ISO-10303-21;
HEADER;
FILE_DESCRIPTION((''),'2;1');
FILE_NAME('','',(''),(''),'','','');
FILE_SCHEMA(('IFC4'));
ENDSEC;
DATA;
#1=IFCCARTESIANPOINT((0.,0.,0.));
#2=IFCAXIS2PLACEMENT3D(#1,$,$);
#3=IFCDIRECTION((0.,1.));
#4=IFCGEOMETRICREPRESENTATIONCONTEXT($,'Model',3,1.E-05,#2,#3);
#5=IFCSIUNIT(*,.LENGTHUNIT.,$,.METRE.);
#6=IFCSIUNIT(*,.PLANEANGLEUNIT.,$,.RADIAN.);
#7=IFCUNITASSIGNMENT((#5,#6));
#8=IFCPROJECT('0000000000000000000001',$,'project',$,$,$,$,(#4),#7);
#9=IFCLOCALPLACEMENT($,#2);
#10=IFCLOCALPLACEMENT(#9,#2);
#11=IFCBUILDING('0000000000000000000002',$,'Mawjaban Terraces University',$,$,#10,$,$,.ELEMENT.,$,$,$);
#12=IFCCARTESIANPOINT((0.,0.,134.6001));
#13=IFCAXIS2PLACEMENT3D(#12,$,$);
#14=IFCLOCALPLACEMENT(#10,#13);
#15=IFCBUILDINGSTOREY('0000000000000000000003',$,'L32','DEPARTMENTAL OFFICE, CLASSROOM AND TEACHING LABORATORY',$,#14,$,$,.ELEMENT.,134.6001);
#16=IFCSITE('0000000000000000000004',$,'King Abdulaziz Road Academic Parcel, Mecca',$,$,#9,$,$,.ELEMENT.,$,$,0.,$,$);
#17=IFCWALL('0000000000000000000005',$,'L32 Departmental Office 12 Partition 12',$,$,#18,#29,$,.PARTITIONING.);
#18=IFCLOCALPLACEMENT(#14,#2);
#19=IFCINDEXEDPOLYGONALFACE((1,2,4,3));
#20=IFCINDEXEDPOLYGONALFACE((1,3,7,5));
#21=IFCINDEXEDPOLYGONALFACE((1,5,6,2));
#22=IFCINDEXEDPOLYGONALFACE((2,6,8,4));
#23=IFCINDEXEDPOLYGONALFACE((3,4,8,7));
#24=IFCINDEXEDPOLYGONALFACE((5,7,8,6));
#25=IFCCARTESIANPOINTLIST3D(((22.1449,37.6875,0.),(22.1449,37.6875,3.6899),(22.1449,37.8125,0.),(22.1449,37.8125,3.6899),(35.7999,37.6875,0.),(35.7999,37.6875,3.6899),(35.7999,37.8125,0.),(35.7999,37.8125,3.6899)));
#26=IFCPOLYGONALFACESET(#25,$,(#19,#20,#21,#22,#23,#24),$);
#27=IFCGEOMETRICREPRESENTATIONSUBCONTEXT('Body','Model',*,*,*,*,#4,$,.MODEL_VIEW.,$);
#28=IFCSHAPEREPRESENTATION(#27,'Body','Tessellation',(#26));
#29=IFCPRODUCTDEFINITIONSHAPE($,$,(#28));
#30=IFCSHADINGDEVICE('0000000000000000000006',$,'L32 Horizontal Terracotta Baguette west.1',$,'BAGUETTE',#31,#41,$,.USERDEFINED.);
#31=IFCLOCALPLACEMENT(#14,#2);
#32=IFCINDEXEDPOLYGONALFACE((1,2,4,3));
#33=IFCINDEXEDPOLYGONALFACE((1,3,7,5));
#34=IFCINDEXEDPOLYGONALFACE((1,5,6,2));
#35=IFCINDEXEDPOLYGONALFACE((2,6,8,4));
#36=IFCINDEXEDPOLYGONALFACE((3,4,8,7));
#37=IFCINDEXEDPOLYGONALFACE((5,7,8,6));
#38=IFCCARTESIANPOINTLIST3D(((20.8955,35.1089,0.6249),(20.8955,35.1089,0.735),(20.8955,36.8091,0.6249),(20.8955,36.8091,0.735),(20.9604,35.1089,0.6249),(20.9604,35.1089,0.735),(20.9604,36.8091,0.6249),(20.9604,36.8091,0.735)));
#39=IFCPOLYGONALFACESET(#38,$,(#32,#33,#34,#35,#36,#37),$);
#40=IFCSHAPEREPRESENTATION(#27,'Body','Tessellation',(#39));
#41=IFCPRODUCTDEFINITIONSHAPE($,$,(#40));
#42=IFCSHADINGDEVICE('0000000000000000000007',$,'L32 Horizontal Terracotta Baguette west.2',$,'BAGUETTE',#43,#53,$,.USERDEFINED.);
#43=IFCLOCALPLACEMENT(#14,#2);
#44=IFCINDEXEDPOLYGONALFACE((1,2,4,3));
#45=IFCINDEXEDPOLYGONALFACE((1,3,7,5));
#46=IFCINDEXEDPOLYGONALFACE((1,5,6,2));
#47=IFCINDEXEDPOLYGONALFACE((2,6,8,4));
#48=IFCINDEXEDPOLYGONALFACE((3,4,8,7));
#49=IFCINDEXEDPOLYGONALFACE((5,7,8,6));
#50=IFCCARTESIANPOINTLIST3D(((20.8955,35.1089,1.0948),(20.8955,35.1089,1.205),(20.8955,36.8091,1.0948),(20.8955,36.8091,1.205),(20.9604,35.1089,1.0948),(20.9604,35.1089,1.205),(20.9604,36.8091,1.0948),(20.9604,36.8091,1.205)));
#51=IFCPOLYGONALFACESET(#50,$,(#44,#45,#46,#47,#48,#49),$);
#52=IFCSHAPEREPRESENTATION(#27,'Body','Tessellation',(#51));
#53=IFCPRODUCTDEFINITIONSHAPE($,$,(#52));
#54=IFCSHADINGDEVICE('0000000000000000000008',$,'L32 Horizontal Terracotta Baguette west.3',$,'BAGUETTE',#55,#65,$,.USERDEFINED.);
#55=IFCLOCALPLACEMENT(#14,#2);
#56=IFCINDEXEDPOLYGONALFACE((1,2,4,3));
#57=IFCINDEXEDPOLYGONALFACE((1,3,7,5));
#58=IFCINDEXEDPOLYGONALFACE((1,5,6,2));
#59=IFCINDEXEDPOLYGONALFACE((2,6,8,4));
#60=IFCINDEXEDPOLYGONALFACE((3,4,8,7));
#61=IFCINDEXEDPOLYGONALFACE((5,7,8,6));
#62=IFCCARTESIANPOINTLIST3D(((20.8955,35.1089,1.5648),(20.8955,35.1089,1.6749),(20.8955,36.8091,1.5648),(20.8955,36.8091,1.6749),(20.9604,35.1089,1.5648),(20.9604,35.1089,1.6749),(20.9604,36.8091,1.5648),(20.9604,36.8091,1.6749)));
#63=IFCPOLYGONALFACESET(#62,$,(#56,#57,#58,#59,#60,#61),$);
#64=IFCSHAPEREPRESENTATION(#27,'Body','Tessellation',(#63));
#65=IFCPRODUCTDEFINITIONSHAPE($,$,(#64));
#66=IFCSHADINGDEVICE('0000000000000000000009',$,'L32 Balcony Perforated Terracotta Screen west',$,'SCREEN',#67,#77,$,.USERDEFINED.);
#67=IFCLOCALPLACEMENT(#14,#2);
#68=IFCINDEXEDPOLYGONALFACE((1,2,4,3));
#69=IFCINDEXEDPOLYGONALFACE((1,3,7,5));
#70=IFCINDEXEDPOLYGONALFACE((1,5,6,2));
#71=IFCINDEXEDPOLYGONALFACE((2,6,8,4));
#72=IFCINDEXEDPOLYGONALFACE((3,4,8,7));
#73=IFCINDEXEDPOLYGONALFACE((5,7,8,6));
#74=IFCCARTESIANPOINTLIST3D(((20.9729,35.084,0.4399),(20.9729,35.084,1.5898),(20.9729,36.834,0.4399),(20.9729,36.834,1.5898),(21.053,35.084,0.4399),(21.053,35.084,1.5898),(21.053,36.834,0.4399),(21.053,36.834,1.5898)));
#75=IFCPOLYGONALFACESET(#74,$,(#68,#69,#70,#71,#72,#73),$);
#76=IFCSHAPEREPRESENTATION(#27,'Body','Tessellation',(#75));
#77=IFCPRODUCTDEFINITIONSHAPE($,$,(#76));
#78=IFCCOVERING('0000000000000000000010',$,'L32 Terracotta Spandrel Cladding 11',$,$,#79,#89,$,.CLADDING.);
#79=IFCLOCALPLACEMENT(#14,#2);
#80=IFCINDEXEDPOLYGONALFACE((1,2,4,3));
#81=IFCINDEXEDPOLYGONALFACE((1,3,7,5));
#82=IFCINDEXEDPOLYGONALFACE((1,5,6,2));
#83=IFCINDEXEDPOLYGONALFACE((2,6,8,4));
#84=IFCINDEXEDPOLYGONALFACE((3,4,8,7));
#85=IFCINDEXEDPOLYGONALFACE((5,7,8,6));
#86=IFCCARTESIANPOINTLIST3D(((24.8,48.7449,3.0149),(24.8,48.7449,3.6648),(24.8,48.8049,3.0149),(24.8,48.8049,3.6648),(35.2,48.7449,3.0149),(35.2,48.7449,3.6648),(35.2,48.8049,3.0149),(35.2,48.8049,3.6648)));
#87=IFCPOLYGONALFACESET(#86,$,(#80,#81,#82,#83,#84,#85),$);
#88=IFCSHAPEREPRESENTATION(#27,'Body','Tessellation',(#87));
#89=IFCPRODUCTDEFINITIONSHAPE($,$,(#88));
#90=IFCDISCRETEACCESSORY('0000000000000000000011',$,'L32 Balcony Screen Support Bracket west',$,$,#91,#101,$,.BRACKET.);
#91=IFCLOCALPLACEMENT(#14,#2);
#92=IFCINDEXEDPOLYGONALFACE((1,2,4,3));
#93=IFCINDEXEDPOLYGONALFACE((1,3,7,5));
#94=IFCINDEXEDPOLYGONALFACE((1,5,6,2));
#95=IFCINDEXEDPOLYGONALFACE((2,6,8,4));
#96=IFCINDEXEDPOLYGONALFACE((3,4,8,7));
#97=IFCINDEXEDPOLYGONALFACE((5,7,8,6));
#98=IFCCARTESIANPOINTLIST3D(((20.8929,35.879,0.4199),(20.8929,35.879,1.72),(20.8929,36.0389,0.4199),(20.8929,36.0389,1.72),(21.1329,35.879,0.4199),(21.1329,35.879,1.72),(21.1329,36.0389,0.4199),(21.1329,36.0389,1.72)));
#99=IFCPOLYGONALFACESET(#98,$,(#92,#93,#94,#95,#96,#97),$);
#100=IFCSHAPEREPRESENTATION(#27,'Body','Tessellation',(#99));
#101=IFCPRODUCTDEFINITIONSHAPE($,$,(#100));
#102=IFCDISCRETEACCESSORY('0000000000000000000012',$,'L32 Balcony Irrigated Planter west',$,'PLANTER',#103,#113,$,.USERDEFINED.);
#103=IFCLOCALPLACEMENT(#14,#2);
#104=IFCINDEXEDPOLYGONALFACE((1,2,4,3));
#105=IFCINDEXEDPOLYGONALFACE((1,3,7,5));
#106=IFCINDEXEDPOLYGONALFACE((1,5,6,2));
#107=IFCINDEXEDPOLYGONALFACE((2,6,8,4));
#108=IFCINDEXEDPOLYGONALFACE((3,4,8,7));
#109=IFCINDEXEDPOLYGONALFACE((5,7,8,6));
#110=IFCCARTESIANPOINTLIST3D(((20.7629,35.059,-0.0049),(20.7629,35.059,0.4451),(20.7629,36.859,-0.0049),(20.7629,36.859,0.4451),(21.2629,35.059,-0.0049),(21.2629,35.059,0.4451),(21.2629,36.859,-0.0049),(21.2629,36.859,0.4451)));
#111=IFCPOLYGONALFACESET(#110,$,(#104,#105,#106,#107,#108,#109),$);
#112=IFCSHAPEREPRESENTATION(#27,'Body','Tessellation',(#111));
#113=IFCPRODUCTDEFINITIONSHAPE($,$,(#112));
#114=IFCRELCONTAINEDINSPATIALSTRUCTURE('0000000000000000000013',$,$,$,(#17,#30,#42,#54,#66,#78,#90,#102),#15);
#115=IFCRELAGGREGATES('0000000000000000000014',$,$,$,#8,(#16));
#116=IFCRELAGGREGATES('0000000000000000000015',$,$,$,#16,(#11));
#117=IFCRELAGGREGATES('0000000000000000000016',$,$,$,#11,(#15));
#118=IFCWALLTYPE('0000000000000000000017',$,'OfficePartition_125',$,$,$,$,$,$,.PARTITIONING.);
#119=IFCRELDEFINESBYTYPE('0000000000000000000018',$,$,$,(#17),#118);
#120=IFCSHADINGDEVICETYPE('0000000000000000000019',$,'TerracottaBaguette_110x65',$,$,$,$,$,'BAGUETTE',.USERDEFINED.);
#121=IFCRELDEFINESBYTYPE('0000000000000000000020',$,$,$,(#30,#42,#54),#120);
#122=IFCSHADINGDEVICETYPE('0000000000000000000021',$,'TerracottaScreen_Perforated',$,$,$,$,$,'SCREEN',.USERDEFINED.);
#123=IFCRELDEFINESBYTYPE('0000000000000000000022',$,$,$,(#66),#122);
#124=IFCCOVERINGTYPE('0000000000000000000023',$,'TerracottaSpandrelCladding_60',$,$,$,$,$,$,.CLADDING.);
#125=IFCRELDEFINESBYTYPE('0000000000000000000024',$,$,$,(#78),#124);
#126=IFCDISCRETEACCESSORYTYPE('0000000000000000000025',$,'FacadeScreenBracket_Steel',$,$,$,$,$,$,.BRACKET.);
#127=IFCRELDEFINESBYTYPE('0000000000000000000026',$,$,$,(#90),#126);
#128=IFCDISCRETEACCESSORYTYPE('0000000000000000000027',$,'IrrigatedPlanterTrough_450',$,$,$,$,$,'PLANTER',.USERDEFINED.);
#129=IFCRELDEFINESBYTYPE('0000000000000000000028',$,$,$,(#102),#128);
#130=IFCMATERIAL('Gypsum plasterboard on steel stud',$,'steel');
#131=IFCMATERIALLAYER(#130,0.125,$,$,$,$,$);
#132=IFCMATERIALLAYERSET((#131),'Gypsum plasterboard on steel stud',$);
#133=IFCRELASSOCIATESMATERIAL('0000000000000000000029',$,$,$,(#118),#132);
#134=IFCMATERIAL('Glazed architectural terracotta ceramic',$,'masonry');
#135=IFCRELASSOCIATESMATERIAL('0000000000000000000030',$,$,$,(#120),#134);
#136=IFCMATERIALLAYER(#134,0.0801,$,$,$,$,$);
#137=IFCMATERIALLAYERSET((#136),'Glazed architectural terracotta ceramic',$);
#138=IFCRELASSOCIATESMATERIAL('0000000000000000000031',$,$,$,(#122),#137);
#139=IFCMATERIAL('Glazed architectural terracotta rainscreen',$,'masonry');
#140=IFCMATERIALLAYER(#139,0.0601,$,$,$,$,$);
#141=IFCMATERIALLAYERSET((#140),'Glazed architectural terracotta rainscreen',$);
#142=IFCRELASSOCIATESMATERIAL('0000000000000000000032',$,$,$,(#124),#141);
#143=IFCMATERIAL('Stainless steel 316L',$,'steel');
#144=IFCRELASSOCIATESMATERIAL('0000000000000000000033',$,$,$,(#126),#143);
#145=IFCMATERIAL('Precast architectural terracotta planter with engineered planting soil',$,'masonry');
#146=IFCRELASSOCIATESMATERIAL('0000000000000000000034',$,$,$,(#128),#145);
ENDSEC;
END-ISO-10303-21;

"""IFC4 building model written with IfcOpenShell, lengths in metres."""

from ifc_helpers import new_model, si_unit, direction, frame, frame_2d, origin, origin_2d, place, context, subcontext, project, spatial, rectangle, extrude, material, layer, layer_set, material_profile, profile_set, type_object, element, save


model = new_model("IFC4")

# Units and contexts
model_context = context("Model", 3, precision=1e-05, world=origin(), true_north=direction((0.0, 1.0)))
body_context = subcontext(model_context, "Body", "Model", "MODEL_VIEW")
ifc_project = project(units=[si_unit("LENGTHUNIT", "METRE"), si_unit("PLANEANGLEUNIT", "RADIAN")], contexts=[model_context])

# Site, building, storey
site_placement = place(None, origin())
site = spatial("IfcSite", under=ifc_project, at=site_placement, Name="King Abdulaziz Road Academic Parcel, Mecca", CompositionType="ELEMENT", RefElevation=0.0)
building_placement = place(site_placement, origin())
building = spatial("IfcBuilding", under=site, at=building_placement, Name="Mawjaban Terraces University", CompositionType="ELEMENT")
storey_placement = place(building_placement, frame((0.0, 0.0, 134.6001)))
storey = spatial("IfcBuildingStorey", under=building, at=storey_placement, Name="L32", Description="DEPARTMENTAL OFFICE, CLASSROOM AND TEACHING LABORATORY", CompositionType="ELEMENT", Elevation=134.6001)

# Wall
ifc_material_1 = material(Name="Gypsum plasterboard on steel stud", Category="steel")
ifc_layer_1 = layer(ifc_material_1, 0.125)
ifc_layer_set_1 = layer_set([ifc_layer_1], Name="Gypsum plasterboard on steel stud")
wall_type_1 = type_object("IfcWallType", Name="OfficePartition_125", PredefinedType="PARTITIONING", material=ifc_layer_set_1)
wall_1_placement = place(storey_placement, frame((35.8, 37.75, 0.0), z_axis=(0.0, 0.0, 1.0), x_axis=(-1.0, 0.0, 0.0)))
element("IfcWall", 1, at=wall_1_placement, inside=storey, type_object=wall_type_1, Name="L32 Departmental Office 12 Partition 12", PredefinedType="PARTITIONING", context=body_context, shape_type="SweptSolid", body=[
    extrude(rectangle(XDim=13.655, YDim=0.125, at=frame_2d((6.8276, 0.0))), origin(), (0.0, 0.0, 1.0), 3.6899),
])

# Shading devices
ifc_material_2 = material(Name="Glazed architectural terracotta ceramic", Category="masonry")
ifc_material_profile_1 = material_profile(ifc_material_2, rectangle(XDim=0.0649, YDim=0.1101, at=origin_2d()), Name="TBAG110X65")
ifc_profile_set_1 = profile_set([ifc_material_profile_1], Name="Glazed architectural terracotta ceramic")
shading_device_type_1 = type_object("IfcShadingDeviceType", Name="TerracottaBaguette_110x65", ElementType="BAGUETTE", PredefinedType="USERDEFINED", material=ifc_profile_set_1)
for number, where, z_axis, x_axis, name in (
    (2, (20.928, 35.1089, 0.6799), (0.0, 1.0, 0.0), (-1.0, 0.0, 0.0), "L32 Horizontal Terracotta Baguette west.1"),
    (3, (20.928, 35.1089, 1.1499), (0.0, 1.0, 0.0), (-1.0, 0.0, 0.0), "L32 Horizontal Terracotta Baguette west.2"),
    (4, (20.928, 35.1089, 1.6199), (0.0, 1.0, 0.0), (-1.0, 0.0, 0.0), "L32 Horizontal Terracotta Baguette west.3"),
):
    element("IfcShadingDevice", number, at=place(storey_placement, frame(where, z_axis=z_axis, x_axis=x_axis)), inside=storey, type_object=shading_device_type_1, Name=name, ObjectType="BAGUETTE", PredefinedType="USERDEFINED", context=body_context, shape_type="SweptSolid", body=[
        extrude(rectangle(XDim=0.0649, YDim=0.1101, at=origin_2d()), origin(), (0.0, 0.0, 1.0), 1.7002),
    ])
ifc_layer_2 = layer(ifc_material_2, 0.0801)
ifc_layer_set_2 = layer_set([ifc_layer_2], Name="Glazed architectural terracotta ceramic")
shading_device_type_2 = type_object("IfcShadingDeviceType", Name="TerracottaScreen_Perforated", ElementType="SCREEN", PredefinedType="USERDEFINED", material=ifc_layer_set_2)
shading_device_placement = place(storey_placement, frame((21.0129, 35.959, 0.4399), z_axis=(0.0, 0.0, 1.0), x_axis=(0.0, 1.0, 0.0)))
element("IfcShadingDevice", 5, at=shading_device_placement, inside=storey, type_object=shading_device_type_2, Name="L32 Balcony Perforated Terracotta Screen west", ObjectType="SCREEN", PredefinedType="USERDEFINED", context=body_context, shape_type="SweptSolid", body=[
    extrude(rectangle(XDim=1.75, YDim=0.0801, at=origin_2d()), origin(), (0.0, 0.0, 1.0), 1.1499),
])

# Covering
ifc_material_3 = material(Name="Glazed architectural terracotta rainscreen", Category="masonry")
ifc_layer_3 = layer(ifc_material_3, 0.0601)
ifc_layer_set_3 = layer_set([ifc_layer_3], Name="Glazed architectural terracotta rainscreen")
covering_type = type_object("IfcCoveringType", Name="TerracottaSpandrelCladding_60", PredefinedType="CLADDING", material=ifc_layer_set_3)
covering_placement = place(storey_placement, frame((30.0, 48.7749, 3.0149), z_axis=(0.0, 0.0, 1.0), x_axis=(-1.0, 0.0, 0.0)))
element("IfcCovering", 6, at=covering_placement, inside=storey, type_object=covering_type, Name="L32 Terracotta Spandrel Cladding 11", PredefinedType="CLADDING", context=body_context, shape_type="SweptSolid", body=[
    extrude(rectangle(XDim=10.3999, YDim=0.0601, at=origin_2d()), origin(), (0.0, 0.0, 1.0), 0.6499),
])

# Discrete accessories
ifc_material_4 = material(Name="Stainless steel 316L", Category="steel")
discrete_accessory_type_1 = type_object("IfcDiscreteAccessoryType", Name="FacadeScreenBracket_Steel", PredefinedType="BRACKET", material=ifc_material_4)
discrete_accessory_1_placement = place(storey_placement, frame((21.0129, 35.959, 0.4199), z_axis=(0.0, 0.0, 1.0), x_axis=(0.0, 1.0, 0.0)))
element("IfcDiscreteAccessory", 7, at=discrete_accessory_1_placement, inside=storey, type_object=discrete_accessory_type_1, Name="L32 Balcony Screen Support Bracket west", PredefinedType="BRACKET", context=body_context, shape_type="SweptSolid", body=[
    extrude(rectangle(XDim=0.1599, YDim=0.24, at=origin_2d()), origin(), (0.0, 0.0, 1.0), 1.3),
])
ifc_material_5 = material(Name="Precast architectural terracotta planter with engineered planting soil", Category="masonry")
discrete_accessory_type_2 = type_object("IfcDiscreteAccessoryType", Name="IrrigatedPlanterTrough_450", ElementType="PLANTER", PredefinedType="USERDEFINED", material=ifc_material_5)
discrete_accessory_2_placement = place(storey_placement, frame((21.0129, 35.959, -0.0049), z_axis=(0.0, 0.0, 1.0), x_axis=(0.0, 1.0, 0.0)))
element("IfcDiscreteAccessory", 8, at=discrete_accessory_2_placement, inside=storey, type_object=discrete_accessory_type_2, Name="L32 Balcony Irrigated Planter west", ObjectType="PLANTER", PredefinedType="USERDEFINED", context=body_context, shape_type="SweptSolid", body=[
    extrude(rectangle(XDim=1.8, YDim=0.5, at=origin_2d()), origin(), (0.0, 0.0, 1.0), 0.45),
])

save(model, "model.ifc")
